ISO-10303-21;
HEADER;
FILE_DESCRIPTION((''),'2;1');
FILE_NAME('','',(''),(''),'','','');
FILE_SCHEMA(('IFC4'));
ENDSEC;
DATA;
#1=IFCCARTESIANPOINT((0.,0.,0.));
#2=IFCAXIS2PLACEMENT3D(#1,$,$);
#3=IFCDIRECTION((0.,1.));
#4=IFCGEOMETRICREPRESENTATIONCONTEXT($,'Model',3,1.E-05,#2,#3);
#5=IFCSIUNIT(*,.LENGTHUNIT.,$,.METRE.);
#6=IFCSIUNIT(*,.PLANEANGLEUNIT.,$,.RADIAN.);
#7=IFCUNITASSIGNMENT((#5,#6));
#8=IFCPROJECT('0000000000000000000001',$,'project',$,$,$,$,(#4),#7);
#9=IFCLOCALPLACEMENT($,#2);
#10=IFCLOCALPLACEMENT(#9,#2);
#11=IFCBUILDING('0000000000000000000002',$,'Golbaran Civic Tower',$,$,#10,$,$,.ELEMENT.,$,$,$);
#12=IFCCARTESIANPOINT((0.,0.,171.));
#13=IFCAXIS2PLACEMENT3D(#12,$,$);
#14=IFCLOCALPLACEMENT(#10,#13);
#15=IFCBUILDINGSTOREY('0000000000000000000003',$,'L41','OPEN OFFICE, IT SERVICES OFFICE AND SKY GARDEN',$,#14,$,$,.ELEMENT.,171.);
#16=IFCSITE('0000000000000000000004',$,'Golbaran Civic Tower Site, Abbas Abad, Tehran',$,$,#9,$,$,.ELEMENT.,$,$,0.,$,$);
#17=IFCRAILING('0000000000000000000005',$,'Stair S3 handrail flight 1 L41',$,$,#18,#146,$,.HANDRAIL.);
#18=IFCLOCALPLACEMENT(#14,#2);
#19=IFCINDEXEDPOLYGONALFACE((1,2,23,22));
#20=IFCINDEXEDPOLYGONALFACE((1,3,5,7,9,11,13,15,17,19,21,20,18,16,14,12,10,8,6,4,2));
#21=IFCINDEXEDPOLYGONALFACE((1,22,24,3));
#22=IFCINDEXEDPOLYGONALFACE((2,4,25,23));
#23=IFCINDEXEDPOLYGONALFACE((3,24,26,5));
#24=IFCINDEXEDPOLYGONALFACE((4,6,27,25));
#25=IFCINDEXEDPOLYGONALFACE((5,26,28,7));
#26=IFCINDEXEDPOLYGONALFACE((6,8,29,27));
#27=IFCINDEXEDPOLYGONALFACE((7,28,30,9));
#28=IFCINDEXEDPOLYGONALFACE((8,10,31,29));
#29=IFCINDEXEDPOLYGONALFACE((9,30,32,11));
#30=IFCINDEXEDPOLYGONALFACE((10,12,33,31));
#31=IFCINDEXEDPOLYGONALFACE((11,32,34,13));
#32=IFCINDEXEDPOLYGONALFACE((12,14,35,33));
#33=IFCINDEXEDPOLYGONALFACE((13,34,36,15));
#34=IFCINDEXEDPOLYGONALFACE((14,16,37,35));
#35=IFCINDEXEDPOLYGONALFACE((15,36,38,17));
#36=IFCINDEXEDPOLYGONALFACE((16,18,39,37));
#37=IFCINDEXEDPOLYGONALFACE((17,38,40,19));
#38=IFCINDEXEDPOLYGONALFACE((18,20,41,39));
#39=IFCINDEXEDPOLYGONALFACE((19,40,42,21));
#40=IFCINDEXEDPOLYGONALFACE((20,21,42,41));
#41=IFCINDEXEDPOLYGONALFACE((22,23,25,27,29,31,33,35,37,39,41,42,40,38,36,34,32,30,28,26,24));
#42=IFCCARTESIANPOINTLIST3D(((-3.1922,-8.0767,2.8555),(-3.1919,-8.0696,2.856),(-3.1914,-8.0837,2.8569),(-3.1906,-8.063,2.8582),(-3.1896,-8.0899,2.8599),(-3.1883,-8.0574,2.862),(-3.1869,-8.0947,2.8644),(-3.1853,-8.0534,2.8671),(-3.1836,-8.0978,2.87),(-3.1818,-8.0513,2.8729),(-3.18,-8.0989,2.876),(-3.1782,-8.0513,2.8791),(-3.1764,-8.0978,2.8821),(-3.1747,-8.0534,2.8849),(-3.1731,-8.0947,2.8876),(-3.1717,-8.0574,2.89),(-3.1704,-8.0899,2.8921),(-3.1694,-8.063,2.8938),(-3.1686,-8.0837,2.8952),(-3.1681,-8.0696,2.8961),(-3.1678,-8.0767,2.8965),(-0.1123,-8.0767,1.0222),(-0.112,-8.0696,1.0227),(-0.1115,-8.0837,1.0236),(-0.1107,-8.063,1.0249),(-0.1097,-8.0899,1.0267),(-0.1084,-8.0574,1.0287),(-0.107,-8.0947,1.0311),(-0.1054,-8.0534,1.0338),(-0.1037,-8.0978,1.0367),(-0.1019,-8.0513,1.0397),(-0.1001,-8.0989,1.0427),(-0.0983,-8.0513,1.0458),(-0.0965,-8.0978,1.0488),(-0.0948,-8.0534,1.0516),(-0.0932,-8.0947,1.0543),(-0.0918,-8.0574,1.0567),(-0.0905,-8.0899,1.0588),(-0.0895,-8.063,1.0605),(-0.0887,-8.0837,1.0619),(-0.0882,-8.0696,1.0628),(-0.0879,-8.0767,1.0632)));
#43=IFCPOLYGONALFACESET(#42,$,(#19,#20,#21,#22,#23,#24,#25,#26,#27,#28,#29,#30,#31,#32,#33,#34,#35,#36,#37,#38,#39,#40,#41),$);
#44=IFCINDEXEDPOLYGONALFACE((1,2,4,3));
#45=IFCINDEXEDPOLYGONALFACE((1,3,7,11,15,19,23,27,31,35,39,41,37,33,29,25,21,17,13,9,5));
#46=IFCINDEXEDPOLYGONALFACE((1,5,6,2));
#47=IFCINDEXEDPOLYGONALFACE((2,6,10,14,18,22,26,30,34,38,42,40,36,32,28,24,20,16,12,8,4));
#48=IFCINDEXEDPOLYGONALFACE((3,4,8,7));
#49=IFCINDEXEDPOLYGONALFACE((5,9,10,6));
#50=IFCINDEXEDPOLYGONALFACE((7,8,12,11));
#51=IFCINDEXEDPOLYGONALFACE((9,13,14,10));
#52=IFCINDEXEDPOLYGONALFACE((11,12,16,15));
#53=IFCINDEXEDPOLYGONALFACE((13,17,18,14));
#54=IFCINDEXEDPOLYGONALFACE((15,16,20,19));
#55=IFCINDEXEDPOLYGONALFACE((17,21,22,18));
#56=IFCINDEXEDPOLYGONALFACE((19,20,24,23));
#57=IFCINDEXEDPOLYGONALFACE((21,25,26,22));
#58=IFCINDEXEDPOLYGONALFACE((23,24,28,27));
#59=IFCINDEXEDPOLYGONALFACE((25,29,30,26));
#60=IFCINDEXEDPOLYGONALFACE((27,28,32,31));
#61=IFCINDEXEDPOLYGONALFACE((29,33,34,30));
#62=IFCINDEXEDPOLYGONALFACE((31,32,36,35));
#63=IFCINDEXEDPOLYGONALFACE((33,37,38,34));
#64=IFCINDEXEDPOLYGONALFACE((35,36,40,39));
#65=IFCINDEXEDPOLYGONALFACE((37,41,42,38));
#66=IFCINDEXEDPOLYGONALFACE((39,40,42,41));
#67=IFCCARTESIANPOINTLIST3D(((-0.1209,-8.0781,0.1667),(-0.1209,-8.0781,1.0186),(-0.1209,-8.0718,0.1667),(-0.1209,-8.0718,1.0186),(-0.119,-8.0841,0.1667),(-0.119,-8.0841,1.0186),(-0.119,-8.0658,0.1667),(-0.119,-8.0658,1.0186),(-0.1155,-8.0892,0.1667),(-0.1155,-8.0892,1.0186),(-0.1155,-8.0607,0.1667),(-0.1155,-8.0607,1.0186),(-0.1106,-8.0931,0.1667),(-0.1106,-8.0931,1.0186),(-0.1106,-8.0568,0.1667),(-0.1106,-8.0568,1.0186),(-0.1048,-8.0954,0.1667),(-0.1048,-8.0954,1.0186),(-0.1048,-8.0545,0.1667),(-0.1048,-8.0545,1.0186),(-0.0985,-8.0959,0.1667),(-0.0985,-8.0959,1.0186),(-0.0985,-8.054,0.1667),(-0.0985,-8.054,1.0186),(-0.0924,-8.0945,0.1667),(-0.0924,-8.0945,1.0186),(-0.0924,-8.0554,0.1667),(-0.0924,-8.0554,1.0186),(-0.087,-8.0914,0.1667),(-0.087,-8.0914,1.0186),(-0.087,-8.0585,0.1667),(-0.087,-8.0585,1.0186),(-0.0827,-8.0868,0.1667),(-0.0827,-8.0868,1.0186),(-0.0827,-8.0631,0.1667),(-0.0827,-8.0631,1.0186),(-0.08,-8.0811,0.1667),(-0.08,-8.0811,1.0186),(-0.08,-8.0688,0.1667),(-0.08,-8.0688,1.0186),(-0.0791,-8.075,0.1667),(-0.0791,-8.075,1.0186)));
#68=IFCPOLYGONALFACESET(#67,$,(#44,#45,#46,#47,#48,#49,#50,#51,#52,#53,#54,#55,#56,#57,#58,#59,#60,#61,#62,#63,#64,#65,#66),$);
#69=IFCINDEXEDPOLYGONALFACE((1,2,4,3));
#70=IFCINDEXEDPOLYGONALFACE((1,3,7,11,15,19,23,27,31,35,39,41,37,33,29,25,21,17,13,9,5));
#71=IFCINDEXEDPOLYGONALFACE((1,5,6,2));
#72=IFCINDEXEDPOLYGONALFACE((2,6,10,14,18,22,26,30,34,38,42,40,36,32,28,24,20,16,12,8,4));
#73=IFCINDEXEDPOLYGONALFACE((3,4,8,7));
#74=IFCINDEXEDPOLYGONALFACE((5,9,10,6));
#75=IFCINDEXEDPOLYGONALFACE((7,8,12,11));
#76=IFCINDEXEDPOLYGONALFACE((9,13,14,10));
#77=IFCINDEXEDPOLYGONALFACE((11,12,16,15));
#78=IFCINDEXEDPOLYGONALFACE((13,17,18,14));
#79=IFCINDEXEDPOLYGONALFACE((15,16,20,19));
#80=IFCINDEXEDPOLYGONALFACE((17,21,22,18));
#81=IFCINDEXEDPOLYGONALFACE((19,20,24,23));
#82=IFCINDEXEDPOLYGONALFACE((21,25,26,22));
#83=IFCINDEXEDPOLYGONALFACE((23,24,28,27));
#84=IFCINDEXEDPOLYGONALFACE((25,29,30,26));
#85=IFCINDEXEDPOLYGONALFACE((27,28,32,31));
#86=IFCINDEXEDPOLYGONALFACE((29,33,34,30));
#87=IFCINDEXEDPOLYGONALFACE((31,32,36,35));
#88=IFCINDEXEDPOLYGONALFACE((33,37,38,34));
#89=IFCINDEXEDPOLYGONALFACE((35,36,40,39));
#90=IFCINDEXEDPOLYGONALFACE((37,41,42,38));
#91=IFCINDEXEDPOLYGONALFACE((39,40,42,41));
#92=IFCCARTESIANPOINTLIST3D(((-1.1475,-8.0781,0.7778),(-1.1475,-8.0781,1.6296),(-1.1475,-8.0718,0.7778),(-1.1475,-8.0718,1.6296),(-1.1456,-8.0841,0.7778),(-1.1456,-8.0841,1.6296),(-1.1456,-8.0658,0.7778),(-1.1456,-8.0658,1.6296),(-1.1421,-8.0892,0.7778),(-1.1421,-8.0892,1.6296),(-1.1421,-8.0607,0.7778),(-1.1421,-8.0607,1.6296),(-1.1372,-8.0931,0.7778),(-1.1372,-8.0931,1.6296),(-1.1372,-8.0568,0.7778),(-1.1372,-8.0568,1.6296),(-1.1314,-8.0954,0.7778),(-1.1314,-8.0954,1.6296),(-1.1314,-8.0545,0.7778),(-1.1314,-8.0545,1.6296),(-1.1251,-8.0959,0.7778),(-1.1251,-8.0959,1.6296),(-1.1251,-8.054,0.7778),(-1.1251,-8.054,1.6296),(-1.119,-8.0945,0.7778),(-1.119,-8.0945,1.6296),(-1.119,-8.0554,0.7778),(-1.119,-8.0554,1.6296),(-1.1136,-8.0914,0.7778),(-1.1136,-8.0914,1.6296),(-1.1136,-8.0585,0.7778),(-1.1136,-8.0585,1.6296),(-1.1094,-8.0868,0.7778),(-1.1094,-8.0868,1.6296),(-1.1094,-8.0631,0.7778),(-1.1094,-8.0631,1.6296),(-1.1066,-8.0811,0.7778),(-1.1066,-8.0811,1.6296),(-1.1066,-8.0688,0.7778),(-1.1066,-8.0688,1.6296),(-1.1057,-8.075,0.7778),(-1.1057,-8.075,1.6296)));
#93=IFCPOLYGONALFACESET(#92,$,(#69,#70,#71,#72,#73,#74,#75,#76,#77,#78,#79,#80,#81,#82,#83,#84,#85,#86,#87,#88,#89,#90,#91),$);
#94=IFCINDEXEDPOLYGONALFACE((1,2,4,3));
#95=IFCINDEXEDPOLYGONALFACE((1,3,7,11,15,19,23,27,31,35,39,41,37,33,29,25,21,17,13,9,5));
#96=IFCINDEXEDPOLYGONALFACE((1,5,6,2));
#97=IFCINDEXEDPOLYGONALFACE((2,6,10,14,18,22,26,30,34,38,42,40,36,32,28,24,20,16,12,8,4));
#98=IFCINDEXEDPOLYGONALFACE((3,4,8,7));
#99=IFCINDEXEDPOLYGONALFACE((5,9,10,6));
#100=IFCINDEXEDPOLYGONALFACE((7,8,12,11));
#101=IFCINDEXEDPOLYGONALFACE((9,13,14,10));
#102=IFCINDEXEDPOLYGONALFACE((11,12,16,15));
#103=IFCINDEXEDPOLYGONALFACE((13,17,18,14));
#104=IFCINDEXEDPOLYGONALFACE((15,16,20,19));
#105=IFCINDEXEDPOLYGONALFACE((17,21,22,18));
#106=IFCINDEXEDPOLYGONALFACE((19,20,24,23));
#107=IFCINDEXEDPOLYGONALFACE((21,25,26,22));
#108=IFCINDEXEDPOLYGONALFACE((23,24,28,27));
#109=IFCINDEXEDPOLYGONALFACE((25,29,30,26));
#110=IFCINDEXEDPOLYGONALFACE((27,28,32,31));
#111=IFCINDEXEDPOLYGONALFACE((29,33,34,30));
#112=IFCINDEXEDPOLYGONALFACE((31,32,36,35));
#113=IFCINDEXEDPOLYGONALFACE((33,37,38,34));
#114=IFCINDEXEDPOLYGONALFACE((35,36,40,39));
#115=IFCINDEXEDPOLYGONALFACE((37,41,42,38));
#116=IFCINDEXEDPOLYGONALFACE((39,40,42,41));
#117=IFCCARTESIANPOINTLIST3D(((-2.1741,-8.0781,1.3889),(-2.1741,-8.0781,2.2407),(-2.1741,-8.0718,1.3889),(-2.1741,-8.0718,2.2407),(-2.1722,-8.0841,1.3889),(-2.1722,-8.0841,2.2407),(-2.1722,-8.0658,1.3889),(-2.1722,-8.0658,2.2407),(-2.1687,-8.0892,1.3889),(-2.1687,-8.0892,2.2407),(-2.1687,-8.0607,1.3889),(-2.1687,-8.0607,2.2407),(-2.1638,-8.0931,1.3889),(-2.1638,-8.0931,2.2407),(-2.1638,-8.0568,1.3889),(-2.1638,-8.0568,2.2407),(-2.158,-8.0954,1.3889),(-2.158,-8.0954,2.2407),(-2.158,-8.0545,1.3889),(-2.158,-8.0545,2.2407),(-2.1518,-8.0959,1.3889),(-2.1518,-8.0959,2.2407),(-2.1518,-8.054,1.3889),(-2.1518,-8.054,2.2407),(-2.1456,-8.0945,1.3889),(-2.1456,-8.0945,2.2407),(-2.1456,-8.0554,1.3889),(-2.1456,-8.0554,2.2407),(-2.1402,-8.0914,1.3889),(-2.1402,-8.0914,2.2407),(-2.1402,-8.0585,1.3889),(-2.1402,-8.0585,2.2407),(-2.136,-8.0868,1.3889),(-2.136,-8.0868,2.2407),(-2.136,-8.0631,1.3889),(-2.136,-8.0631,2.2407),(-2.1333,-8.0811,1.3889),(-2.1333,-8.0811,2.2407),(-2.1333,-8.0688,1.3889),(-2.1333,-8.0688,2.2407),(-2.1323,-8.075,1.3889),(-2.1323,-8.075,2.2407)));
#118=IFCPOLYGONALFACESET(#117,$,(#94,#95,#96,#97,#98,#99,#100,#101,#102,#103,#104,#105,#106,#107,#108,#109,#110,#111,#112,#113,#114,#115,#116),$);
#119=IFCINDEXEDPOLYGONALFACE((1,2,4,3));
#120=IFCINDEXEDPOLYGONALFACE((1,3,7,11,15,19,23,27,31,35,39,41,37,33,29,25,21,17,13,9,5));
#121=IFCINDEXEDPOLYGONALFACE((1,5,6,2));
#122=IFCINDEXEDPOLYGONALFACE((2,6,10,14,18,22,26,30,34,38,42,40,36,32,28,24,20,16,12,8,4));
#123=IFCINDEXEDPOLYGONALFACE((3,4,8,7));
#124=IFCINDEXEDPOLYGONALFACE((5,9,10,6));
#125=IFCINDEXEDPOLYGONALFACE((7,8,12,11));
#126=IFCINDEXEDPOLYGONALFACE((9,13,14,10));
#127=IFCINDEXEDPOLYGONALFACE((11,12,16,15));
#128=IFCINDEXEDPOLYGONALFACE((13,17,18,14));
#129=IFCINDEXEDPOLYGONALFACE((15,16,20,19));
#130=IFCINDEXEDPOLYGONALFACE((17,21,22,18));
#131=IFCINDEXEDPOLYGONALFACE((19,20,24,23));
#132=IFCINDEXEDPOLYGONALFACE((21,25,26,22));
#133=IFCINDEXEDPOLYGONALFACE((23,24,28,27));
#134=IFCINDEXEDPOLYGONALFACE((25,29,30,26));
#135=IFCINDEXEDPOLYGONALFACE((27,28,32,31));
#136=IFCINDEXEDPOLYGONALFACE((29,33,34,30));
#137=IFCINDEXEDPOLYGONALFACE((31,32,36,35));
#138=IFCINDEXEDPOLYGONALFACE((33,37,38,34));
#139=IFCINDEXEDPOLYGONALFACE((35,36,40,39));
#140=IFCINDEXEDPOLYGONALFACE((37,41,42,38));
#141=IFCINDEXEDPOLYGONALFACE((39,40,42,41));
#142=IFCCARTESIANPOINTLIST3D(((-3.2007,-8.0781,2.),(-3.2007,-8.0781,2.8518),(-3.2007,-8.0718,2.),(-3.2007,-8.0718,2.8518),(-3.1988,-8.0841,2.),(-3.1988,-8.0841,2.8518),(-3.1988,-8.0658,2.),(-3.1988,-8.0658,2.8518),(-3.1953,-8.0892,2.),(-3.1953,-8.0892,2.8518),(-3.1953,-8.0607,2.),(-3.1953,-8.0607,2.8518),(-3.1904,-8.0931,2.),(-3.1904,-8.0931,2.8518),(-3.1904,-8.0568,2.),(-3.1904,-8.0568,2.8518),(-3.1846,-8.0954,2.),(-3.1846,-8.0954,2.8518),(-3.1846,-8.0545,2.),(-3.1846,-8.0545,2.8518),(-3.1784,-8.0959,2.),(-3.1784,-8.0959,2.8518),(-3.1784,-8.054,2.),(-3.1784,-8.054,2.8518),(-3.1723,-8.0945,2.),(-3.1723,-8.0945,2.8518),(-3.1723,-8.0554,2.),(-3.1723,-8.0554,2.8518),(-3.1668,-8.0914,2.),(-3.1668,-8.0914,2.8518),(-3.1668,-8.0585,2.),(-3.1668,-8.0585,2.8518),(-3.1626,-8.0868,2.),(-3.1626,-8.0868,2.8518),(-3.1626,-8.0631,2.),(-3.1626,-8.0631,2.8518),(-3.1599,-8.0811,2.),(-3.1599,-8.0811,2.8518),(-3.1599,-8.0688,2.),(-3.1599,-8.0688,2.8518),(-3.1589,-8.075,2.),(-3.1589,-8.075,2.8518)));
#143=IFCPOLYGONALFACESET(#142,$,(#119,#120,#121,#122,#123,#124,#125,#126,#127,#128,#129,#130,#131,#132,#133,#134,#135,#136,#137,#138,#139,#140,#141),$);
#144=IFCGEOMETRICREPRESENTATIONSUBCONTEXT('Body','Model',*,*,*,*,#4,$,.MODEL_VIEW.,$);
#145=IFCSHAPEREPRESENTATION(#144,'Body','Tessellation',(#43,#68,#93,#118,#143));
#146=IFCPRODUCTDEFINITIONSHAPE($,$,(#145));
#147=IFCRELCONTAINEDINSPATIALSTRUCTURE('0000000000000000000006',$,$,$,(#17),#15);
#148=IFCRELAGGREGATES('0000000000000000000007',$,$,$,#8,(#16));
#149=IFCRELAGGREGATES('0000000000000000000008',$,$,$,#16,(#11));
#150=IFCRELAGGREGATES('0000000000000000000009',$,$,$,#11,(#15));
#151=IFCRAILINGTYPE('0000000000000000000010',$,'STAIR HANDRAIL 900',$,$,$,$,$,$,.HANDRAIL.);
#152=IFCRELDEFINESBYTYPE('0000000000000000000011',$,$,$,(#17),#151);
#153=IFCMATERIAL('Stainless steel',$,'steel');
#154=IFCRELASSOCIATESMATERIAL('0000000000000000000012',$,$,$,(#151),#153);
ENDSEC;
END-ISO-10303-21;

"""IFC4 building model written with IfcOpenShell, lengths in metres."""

from ifc_helpers import new_model, si_unit, direction, frame, origin, origin_2d, place, context, subcontext, project, spatial, circle, extrude, material, type_object, element, save


model = new_model("IFC4")

# Units and contexts
model_context = context("Model", 3, precision=1e-05, world=origin(), true_north=direction((0.0, 1.0)))
body_context = subcontext(model_context, "Body", "Model", "MODEL_VIEW")
ifc_project = project(units=[si_unit("LENGTHUNIT", "METRE"), si_unit("PLANEANGLEUNIT", "RADIAN")], contexts=[model_context])

# Site, building, storey
site_placement = place(None, origin())
site = spatial("IfcSite", under=ifc_project, at=site_placement, Name="Golbaran Civic Tower Site, Abbas Abad, Tehran", CompositionType="ELEMENT", RefElevation=0.0)
building_placement = place(site_placement, origin())
building = spatial("IfcBuilding", under=site, at=building_placement, Name="Golbaran Civic Tower", CompositionType="ELEMENT")
storey_placement = place(building_placement, frame((0.0, 0.0, 171.0)))
storey = spatial("IfcBuildingStorey", under=building, at=storey_placement, Name="L41", Description="OPEN OFFICE, IT SERVICES OFFICE AND SKY GARDEN", CompositionType="ELEMENT", Elevation=171.0)

# Shared definitions
ifc_material_1 = material(Name="Stainless steel", Category="steel")

# Railing
railing_type = type_object("IfcRailingType", Name="STAIR HANDRAIL 900", PredefinedType="HANDRAIL", material=ifc_material_1)
railing_1_placement = place(storey_placement, frame((-0.1001, -8.075, 0.1667)))
element("IfcRailing", 1, at=railing_1_placement, inside=storey, type_object=railing_type, Name="Stair S3 handrail flight 1 L41", PredefinedType="HANDRAIL", context=body_context, shape_type="SweptSolid", body=[
    extrude(circle(Radius=0.0239, at=origin_2d()), frame((0.0, 0.0, 0.876), z_axis=(-0.859291, 0.0, 0.511487), x_axis=(0.0, -1.0, 0.0)), (0.0, 0.0, 1.0), 3.5842),
    extrude(circle(Radius=0.021, at=origin_2d()), origin(), (0.0, 0.0, 1.0), 0.8518),
    extrude(circle(Radius=0.021, at=origin_2d()), frame((-1.0266, 0.0, 0.6111)), (0.0, 0.0, 1.0), 0.8518),
    extrude(circle(Radius=0.021, at=origin_2d()), frame((-2.0532, 0.0, 1.2222)), (0.0, 0.0, 1.0), 0.8518),
    extrude(circle(Radius=0.021, at=origin_2d()), frame((-3.0798, 0.0, 1.8333)), (0.0, 0.0, 1.0), 0.8518),
])

save(model, "model.ifc")
